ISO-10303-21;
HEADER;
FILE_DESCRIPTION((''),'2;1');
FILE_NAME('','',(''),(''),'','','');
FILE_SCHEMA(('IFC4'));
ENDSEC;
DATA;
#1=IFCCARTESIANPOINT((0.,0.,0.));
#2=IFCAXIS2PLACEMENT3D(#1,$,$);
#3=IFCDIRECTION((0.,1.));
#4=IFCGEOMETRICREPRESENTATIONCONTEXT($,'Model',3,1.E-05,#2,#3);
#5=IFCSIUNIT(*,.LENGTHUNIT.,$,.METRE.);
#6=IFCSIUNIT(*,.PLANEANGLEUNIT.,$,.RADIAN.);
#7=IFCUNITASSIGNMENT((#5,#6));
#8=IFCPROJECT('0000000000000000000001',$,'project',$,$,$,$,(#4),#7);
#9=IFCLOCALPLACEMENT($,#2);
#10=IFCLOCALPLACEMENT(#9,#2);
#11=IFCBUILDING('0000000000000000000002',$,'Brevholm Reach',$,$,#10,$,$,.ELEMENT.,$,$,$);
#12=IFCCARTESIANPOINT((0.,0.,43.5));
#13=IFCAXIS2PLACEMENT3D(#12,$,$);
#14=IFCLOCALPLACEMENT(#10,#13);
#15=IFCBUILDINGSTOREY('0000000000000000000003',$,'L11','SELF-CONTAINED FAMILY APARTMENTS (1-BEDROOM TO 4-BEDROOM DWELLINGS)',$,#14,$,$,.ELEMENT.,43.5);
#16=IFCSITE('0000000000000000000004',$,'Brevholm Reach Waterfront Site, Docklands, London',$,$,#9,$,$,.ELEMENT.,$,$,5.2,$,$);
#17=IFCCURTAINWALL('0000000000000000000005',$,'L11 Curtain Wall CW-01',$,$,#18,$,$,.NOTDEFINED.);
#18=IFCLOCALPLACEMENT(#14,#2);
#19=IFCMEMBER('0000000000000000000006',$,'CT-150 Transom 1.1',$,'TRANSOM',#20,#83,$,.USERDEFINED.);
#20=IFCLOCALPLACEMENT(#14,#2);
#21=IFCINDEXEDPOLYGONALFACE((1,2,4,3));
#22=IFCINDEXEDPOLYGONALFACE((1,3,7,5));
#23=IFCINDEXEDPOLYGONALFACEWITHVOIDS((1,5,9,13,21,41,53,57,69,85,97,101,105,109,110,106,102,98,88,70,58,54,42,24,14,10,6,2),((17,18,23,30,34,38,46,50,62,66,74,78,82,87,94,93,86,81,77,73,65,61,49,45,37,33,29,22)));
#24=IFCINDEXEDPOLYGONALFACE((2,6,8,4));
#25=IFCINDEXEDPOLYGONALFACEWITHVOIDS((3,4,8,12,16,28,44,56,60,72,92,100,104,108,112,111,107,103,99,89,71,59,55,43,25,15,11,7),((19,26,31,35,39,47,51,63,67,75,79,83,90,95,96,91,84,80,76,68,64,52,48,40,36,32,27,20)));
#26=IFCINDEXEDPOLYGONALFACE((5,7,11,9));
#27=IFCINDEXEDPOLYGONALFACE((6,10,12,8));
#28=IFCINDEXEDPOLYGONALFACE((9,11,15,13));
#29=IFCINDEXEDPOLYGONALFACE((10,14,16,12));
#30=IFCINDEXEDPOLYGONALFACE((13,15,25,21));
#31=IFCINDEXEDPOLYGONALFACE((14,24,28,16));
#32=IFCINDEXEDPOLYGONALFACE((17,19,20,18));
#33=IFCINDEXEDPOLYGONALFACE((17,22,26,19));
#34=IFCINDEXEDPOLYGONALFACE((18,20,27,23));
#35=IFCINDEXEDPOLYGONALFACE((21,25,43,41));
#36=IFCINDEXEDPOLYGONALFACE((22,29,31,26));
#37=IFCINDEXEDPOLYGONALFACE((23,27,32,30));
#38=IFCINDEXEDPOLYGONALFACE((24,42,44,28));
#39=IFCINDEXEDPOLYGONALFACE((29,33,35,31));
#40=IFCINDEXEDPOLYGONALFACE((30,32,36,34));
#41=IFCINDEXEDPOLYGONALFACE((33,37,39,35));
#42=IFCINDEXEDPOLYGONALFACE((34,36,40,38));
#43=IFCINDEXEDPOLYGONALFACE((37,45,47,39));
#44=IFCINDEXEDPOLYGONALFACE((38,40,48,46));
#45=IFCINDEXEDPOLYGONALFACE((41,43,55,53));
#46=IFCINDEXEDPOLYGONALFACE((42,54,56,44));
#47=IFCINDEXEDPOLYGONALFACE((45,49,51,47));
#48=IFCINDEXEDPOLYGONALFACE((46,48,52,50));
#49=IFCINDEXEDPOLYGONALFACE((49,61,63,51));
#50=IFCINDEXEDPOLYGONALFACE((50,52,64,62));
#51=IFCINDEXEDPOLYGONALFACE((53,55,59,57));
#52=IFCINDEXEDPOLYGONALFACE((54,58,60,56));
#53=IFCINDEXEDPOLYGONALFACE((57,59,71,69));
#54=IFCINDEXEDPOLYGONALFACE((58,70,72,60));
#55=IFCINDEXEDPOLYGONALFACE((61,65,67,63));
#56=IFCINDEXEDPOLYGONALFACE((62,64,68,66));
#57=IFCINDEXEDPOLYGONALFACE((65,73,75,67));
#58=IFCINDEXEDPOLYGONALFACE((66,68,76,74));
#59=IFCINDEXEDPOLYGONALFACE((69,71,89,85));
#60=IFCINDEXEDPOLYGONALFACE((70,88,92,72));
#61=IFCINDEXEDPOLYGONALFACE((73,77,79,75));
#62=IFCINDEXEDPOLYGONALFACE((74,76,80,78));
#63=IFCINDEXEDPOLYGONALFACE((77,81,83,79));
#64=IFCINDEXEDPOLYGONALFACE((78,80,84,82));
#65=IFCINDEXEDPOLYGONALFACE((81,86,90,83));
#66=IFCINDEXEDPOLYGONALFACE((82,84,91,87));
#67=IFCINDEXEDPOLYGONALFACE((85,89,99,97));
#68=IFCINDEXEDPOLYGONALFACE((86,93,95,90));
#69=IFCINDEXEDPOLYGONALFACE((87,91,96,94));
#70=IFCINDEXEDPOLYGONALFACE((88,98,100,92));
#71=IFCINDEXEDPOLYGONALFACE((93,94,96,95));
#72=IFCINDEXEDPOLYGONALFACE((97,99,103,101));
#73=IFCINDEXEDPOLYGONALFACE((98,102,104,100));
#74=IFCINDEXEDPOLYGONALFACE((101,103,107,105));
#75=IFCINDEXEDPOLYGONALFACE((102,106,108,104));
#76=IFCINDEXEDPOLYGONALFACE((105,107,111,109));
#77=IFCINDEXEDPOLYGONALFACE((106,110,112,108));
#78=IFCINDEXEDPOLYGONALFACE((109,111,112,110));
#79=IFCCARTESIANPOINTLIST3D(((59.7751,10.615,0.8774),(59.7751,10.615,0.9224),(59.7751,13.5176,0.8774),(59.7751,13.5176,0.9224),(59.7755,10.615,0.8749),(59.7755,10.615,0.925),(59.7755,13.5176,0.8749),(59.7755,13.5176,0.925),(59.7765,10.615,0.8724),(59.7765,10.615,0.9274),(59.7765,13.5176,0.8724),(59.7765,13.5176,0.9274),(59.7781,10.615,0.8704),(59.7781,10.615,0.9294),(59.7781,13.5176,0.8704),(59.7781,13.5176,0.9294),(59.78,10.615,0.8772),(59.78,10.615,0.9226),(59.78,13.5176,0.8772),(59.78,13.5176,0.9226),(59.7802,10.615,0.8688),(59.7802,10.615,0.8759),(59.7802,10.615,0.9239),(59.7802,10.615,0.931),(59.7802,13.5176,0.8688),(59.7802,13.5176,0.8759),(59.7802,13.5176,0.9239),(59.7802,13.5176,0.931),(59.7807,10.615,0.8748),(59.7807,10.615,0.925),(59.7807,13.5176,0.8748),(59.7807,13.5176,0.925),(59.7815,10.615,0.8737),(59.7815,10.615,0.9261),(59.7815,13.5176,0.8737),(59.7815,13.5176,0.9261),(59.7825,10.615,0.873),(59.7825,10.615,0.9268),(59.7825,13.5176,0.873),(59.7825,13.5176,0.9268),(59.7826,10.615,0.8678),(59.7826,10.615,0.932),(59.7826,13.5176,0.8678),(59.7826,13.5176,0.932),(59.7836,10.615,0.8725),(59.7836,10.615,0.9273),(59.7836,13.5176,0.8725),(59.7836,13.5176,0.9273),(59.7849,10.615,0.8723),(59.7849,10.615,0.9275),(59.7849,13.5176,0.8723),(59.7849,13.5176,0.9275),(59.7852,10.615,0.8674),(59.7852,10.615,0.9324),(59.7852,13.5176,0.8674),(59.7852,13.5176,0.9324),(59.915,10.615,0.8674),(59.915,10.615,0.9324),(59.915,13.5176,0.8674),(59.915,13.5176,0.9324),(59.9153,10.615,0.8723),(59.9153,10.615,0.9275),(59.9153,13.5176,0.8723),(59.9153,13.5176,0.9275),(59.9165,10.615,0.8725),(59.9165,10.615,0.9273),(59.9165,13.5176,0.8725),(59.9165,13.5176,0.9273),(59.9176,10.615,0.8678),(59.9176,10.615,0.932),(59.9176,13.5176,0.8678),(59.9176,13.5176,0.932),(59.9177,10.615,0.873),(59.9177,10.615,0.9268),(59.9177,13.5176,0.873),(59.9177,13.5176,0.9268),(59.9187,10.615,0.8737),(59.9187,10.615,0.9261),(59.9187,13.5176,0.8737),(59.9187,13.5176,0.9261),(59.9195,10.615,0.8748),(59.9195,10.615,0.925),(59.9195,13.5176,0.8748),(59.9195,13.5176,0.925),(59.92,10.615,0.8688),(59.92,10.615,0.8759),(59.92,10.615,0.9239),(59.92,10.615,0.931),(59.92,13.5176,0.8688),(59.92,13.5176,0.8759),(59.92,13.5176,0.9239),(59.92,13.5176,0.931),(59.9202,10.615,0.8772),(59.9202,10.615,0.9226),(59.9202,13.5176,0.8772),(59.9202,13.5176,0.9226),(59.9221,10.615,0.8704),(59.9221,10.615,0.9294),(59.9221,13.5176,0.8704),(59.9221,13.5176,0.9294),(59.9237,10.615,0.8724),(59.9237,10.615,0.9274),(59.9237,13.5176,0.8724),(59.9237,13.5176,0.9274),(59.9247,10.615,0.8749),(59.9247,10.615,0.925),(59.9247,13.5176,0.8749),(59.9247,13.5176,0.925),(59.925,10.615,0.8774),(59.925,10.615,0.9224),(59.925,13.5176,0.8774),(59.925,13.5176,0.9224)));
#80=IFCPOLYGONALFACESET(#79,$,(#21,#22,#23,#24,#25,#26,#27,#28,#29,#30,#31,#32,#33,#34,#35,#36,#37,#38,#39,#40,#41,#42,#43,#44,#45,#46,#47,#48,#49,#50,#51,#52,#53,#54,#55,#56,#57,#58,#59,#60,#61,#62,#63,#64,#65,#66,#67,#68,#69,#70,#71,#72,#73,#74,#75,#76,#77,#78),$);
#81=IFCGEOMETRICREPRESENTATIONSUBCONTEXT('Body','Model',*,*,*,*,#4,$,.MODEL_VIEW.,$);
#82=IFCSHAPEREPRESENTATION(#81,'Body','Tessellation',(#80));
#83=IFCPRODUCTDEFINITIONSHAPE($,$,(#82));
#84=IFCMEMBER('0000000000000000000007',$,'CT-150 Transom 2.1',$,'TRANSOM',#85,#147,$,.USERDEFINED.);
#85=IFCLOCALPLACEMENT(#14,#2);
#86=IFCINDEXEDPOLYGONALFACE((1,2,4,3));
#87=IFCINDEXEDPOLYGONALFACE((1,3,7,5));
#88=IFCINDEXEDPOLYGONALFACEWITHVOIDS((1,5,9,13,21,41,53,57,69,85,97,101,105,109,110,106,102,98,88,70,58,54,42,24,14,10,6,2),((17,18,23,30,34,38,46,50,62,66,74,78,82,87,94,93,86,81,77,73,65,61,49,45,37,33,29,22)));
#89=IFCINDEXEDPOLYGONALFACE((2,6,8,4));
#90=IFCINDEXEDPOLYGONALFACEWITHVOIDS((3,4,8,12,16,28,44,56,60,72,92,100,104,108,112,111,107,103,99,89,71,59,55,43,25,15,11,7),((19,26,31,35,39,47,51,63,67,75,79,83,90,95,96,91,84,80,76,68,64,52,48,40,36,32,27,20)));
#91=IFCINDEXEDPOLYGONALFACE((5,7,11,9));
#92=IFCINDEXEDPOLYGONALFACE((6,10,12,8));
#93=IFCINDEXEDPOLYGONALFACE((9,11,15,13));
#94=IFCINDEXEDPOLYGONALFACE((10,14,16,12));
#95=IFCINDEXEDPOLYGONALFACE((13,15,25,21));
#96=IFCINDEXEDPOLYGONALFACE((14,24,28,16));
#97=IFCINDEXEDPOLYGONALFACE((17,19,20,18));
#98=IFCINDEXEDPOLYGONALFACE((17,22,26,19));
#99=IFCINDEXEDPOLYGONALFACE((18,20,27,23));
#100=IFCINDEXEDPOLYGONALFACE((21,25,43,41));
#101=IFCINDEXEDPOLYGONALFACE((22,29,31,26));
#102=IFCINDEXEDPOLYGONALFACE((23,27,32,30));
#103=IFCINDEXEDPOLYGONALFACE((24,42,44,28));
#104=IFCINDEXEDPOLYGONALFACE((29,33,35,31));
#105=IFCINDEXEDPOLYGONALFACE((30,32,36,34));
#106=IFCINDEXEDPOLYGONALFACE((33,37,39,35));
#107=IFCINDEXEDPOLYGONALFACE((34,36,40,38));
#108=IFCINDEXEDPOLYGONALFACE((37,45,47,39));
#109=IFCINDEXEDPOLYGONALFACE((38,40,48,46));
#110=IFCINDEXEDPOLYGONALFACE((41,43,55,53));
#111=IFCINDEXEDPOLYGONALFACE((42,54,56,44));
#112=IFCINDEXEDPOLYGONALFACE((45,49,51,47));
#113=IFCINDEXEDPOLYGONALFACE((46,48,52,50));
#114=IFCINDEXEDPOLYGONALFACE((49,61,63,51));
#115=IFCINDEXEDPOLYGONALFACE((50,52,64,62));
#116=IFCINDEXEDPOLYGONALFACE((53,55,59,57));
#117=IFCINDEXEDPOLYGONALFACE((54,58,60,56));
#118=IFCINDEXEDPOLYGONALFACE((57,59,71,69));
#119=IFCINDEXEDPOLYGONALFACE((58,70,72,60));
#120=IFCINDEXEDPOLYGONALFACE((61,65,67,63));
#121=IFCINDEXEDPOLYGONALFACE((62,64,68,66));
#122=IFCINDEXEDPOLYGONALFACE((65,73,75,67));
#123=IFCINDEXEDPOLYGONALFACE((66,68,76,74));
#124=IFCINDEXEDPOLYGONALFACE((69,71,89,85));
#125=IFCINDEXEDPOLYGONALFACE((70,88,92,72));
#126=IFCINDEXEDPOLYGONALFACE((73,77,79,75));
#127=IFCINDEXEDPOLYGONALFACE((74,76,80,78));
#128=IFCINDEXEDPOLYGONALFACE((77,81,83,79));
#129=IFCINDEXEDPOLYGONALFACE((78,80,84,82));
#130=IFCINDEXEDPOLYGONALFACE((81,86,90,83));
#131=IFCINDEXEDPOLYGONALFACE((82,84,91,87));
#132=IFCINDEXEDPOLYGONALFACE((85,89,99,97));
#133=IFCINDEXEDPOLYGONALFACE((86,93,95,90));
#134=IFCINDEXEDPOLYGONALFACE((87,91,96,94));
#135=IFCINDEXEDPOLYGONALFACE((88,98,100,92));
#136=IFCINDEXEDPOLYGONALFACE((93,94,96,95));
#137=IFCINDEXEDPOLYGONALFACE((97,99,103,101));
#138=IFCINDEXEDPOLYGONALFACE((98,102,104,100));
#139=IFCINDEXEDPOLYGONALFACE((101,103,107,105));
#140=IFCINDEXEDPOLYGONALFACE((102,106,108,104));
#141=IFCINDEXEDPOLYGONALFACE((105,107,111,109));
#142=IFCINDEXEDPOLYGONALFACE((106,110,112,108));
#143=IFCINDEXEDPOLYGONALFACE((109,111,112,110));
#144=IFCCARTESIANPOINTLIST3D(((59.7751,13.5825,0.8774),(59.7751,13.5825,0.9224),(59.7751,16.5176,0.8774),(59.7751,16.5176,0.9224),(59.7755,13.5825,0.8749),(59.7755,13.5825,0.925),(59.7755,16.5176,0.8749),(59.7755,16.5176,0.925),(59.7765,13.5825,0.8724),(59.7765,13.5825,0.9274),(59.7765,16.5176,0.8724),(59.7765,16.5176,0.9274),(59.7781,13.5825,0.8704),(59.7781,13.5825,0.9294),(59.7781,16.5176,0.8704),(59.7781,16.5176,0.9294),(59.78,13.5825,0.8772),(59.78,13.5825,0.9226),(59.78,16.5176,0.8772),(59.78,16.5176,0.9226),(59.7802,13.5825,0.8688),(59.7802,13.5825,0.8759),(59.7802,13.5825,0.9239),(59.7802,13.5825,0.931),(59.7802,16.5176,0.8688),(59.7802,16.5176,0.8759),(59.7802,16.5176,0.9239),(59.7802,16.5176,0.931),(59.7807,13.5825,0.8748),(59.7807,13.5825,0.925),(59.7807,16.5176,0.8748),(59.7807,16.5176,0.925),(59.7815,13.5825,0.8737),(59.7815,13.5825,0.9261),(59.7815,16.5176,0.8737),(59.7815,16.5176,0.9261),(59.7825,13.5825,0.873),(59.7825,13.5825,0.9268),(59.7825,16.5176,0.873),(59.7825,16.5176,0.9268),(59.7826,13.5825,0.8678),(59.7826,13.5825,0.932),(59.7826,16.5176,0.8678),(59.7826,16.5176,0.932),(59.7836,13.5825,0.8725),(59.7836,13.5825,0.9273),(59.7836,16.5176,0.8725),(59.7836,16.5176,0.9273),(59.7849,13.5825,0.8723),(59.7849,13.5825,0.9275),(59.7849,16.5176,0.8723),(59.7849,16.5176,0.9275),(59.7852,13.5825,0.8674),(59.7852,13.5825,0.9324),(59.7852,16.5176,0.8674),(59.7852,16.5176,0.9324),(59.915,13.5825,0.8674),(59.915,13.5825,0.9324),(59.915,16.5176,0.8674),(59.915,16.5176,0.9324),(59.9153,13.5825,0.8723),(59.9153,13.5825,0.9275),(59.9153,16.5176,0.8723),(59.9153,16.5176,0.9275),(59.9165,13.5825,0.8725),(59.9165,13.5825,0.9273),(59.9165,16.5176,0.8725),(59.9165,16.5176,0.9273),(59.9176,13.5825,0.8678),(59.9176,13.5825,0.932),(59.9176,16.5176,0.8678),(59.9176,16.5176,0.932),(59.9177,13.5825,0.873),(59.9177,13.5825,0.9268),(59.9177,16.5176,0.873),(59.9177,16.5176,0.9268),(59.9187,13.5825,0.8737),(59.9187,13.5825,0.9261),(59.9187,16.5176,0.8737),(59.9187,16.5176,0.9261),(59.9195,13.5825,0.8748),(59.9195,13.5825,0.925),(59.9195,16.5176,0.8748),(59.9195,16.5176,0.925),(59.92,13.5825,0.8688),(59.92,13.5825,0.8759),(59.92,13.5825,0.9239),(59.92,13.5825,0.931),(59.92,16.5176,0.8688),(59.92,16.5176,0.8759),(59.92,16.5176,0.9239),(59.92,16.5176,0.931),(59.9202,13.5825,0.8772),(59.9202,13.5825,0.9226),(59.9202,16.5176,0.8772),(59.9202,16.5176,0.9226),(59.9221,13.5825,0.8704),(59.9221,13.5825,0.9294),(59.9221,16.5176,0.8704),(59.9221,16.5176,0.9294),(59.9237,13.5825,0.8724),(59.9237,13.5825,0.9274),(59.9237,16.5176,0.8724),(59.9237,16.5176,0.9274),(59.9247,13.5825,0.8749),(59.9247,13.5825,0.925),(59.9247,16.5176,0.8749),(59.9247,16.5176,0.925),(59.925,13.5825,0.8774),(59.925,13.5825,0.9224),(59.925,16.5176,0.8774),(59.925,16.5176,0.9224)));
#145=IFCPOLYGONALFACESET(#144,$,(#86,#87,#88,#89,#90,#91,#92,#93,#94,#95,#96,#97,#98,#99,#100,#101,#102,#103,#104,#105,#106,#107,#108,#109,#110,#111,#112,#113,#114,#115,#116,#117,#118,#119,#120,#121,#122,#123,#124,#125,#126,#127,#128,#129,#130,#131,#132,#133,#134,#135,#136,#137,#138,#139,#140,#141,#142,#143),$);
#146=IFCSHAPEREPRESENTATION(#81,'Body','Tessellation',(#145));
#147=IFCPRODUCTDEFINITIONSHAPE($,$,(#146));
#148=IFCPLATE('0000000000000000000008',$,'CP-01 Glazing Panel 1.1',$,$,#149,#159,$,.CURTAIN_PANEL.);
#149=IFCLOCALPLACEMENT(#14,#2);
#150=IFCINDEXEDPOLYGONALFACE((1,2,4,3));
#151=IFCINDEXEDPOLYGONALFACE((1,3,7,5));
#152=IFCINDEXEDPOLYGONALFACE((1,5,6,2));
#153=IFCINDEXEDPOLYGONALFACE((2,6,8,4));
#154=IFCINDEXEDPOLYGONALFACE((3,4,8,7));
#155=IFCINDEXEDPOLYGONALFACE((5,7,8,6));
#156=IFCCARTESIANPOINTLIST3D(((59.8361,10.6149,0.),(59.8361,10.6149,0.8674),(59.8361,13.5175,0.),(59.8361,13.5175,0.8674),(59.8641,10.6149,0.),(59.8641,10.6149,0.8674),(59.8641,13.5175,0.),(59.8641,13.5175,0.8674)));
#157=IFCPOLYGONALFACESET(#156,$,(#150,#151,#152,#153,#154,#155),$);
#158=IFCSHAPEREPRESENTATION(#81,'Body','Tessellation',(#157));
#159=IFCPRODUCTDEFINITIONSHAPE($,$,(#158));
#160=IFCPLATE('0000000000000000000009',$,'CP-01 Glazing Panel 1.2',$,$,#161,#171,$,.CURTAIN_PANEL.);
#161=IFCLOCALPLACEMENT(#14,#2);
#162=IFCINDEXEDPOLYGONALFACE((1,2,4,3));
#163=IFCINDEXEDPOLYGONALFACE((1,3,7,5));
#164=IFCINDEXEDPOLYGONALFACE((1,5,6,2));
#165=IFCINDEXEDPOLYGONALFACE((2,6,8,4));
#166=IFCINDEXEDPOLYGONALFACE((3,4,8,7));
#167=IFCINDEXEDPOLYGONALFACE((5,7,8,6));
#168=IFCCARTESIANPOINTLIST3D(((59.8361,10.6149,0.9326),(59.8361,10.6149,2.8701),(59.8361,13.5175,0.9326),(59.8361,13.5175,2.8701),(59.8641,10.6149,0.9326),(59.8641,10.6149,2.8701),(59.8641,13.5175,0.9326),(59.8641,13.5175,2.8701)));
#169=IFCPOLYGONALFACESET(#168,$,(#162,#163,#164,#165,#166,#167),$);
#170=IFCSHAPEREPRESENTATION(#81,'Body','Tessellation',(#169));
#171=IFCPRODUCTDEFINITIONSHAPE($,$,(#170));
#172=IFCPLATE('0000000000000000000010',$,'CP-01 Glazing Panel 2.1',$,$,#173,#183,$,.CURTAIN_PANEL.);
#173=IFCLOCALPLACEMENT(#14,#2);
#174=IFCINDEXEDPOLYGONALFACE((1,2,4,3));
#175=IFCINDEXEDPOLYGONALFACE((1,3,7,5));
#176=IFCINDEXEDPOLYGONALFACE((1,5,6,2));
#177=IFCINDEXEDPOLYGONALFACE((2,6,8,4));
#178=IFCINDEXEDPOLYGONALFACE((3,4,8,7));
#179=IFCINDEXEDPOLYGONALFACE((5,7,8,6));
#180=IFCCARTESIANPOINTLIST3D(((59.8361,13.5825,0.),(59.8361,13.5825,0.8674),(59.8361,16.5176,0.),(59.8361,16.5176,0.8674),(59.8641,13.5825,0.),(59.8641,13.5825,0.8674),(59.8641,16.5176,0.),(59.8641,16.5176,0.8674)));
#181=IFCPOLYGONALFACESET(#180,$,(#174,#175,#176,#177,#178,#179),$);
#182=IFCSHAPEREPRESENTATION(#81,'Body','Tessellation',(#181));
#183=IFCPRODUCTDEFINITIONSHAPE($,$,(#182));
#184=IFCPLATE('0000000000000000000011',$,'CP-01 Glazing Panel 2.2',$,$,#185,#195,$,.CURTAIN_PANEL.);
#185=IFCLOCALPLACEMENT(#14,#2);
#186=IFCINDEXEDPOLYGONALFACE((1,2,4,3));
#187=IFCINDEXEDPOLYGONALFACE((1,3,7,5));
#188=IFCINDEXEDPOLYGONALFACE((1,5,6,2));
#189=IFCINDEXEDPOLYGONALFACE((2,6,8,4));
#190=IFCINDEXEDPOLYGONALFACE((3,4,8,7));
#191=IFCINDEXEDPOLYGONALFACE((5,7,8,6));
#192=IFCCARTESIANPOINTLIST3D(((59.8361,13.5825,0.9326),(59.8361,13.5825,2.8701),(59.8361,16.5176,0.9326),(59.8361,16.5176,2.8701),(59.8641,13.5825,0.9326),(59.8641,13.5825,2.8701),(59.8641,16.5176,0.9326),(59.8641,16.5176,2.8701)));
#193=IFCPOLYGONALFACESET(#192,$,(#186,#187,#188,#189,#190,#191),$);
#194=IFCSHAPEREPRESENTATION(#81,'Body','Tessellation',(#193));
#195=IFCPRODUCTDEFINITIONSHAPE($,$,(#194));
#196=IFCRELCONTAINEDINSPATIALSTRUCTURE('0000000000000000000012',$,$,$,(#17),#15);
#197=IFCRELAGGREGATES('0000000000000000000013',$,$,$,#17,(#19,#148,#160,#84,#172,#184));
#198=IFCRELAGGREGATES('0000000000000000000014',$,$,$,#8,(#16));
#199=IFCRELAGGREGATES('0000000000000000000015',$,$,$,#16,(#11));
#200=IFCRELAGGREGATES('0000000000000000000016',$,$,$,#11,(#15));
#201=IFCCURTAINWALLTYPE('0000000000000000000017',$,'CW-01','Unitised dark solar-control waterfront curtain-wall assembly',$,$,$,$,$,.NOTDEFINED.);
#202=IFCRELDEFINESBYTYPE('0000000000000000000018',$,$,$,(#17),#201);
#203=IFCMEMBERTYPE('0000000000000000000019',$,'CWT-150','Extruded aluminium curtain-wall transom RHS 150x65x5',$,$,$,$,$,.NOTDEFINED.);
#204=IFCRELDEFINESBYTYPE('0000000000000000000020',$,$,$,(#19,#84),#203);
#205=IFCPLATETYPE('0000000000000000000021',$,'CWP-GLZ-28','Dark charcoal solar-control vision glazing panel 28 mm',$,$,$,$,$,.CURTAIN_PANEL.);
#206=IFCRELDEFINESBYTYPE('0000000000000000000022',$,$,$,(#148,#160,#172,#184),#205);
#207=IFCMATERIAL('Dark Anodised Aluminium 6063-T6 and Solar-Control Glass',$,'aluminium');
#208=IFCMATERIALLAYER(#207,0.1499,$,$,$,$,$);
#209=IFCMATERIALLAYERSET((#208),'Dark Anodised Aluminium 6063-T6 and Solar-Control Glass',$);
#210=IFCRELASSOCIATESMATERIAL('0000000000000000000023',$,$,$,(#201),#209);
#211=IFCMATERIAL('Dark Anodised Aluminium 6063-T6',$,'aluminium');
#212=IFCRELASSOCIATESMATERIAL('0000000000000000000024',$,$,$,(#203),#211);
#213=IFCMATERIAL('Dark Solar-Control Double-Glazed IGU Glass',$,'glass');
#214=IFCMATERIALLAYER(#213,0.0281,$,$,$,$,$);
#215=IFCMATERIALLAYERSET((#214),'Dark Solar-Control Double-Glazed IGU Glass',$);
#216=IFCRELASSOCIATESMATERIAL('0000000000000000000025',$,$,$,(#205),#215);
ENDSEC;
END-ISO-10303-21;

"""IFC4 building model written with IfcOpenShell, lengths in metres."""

from ifc_helpers import new_model, si_unit, direction, frame, origin, origin_2d, place, context, subcontext, project, spatial, rectangle, hollow_rectangle, extrude, material, layer, layer_set, material_profile, profile_set, type_object, element, aggregate, save


model = new_model("IFC4")

# Units and contexts
model_context = context("Model", 3, precision=1e-05, world=origin(), true_north=direction((0.0, 1.0)))
body_context = subcontext(model_context, "Body", "Model", "MODEL_VIEW")
ifc_project = project(units=[si_unit("LENGTHUNIT", "METRE"), si_unit("PLANEANGLEUNIT", "RADIAN")], contexts=[model_context])

# Site, building, storey
site_placement = place(None, origin())
site = spatial("IfcSite", under=ifc_project, at=site_placement, Name="Brevholm Reach Waterfront Site, Docklands, London", CompositionType="ELEMENT", RefElevation=5.2)
building_placement = place(site_placement, origin())
building = spatial("IfcBuilding", under=site, at=building_placement, Name="Brevholm Reach", CompositionType="ELEMENT")
storey_placement = place(building_placement, frame((0.0, 0.0, 43.5)))
storey = spatial("IfcBuildingStorey", under=building, at=storey_placement, Name="L11", Description="SELF-CONTAINED FAMILY APARTMENTS (1-BEDROOM TO 4-BEDROOM DWELLINGS)", CompositionType="ELEMENT", Elevation=43.5)

# Curtain wall, members, plates
ifc_material_1 = material(Name="Dark Anodised Aluminium 6063-T6 and Solar-Control Glass", Category="aluminium")
ifc_layer_1 = layer(ifc_material_1, 0.1499)
ifc_layer_set_1 = layer_set([ifc_layer_1], Name="Dark Anodised Aluminium 6063-T6 and Solar-Control Glass")
curtain_wall_type = type_object("IfcCurtainWallType", Name="CW-01", Description="Unitised dark solar-control waterfront curtain-wall assembly", PredefinedType="NOTDEFINED", material=ifc_layer_set_1)
curtain_wall_placement = place(storey_placement, origin())
curtain_wall = element("IfcCurtainWall", 1, at=curtain_wall_placement, inside=storey, type_object=curtain_wall_type, Name="L11 Curtain Wall CW-01", PredefinedType="NOTDEFINED")
ifc_material_2 = material(Name="Dark Anodised Aluminium 6063-T6", Category="aluminium")
ifc_material_profile_1 = material_profile(ifc_material_2, hollow_rectangle(XDim=0.0649, YDim=0.1499, WallThickness=0.0049, InnerFilletRadius=0.0049, OuterFilletRadius=0.01, at=origin_2d()), Name="RHS 150x65x5")
ifc_profile_set_1 = profile_set([ifc_material_profile_1], Name="Dark Anodised Aluminium 6063-T6")
member_type_1 = type_object("IfcMemberType", Name="CWT-150", Description="Extruded aluminium curtain-wall transom RHS 150x65x5", PredefinedType="NOTDEFINED", material=ifc_profile_set_1)
member_1_placement = place(storey_placement, frame((59.8501, 10.615, 0.8999), z_axis=(0.0, 1.0, 0.0), x_axis=(0.0, 0.0, 1.0)))
member_1 = element("IfcMember", 2, at=member_1_placement, type_object=member_type_1, Name="CT-150 Transom 1.1", ObjectType="TRANSOM", PredefinedType="USERDEFINED", context=body_context, shape_type="SweptSolid", body=[
    extrude(hollow_rectangle(XDim=0.0649, YDim=0.1499, WallThickness=0.0049, InnerFilletRadius=0.0049, OuterFilletRadius=0.01, at=origin_2d()), origin(), (0.0, 0.0, 1.0), 2.9026),
])
member_2_placement = place(storey_placement, frame((59.8501, 13.5825, 0.8999), z_axis=(0.0, 1.0, 0.0), x_axis=(0.0, 0.0, 1.0)))
member_2 = element("IfcMember", 3, at=member_2_placement, type_object=member_type_1, Name="CT-150 Transom 2.1", ObjectType="TRANSOM", PredefinedType="USERDEFINED", context=body_context, shape_type="SweptSolid", body=[
    extrude(hollow_rectangle(XDim=0.0649, YDim=0.1499, WallThickness=0.0049, InnerFilletRadius=0.0049, OuterFilletRadius=0.01, at=origin_2d()), origin(), (0.0, 0.0, 1.0), 2.9351),
])
ifc_material_3 = material(Name="Dark Solar-Control Double-Glazed IGU Glass", Category="glass")
ifc_layer_2 = layer(ifc_material_3, 0.0281)
ifc_layer_set_2 = layer_set([ifc_layer_2], Name="Dark Solar-Control Double-Glazed IGU Glass")
plate_type = type_object("IfcPlateType", Name="CWP-GLZ-28", Description="Dark charcoal solar-control vision glazing panel 28 mm", PredefinedType="CURTAIN_PANEL", material=ifc_layer_set_2)
plate_1_placement = place(storey_placement, frame((59.8501, 12.0662, 0.0), z_axis=(0.0, 0.0, 1.0), x_axis=(0.0, 1.0, 0.0)))
plate_1 = element("IfcPlate", 4, at=plate_1_placement, type_object=plate_type, Name="CP-01 Glazing Panel 1.1", PredefinedType="CURTAIN_PANEL", context=body_context, shape_type="SweptSolid", body=[
    extrude(rectangle(XDim=2.9026, YDim=0.0281, at=origin_2d()), origin(), (0.0, 0.0, 1.0), 0.8674),
])
plate_2_placement = place(storey_placement, frame((59.8501, 12.0662, 0.9326), z_axis=(0.0, 0.0, 1.0), x_axis=(0.0, 1.0, 0.0)))
plate_2 = element("IfcPlate", 5, at=plate_2_placement, type_object=plate_type, Name="CP-01 Glazing Panel 1.2", PredefinedType="CURTAIN_PANEL", context=body_context, shape_type="SweptSolid", body=[
    extrude(rectangle(XDim=2.9026, YDim=0.0281, at=origin_2d()), origin(), (0.0, 0.0, 1.0), 1.9375),
])
plate_3_placement = place(storey_placement, frame((59.8501, 15.05, 0.0), z_axis=(0.0, 0.0, 1.0), x_axis=(0.0, 1.0, 0.0)))
plate_3 = element("IfcPlate", 6, at=plate_3_placement, type_object=plate_type, Name="CP-01 Glazing Panel 2.1", PredefinedType="CURTAIN_PANEL", context=body_context, shape_type="SweptSolid", body=[
    extrude(rectangle(XDim=2.9351, YDim=0.0281, at=origin_2d()), origin(), (0.0, 0.0, 1.0), 0.8674),
])
plate_4_placement = place(storey_placement, frame((59.8501, 15.05, 0.9326), z_axis=(0.0, 0.0, 1.0), x_axis=(0.0, 1.0, 0.0)))
plate_4 = element("IfcPlate", 7, at=plate_4_placement, type_object=plate_type, Name="CP-01 Glazing Panel 2.2", PredefinedType="CURTAIN_PANEL", context=body_context, shape_type="SweptSolid", body=[
    extrude(rectangle(XDim=2.9351, YDim=0.0281, at=origin_2d()), origin(), (0.0, 0.0, 1.0), 1.9375),
])
aggregate(curtain_wall, [member_1, plate_1, plate_2, member_2, plate_3, plate_4])

save(model, "model.ifc")
